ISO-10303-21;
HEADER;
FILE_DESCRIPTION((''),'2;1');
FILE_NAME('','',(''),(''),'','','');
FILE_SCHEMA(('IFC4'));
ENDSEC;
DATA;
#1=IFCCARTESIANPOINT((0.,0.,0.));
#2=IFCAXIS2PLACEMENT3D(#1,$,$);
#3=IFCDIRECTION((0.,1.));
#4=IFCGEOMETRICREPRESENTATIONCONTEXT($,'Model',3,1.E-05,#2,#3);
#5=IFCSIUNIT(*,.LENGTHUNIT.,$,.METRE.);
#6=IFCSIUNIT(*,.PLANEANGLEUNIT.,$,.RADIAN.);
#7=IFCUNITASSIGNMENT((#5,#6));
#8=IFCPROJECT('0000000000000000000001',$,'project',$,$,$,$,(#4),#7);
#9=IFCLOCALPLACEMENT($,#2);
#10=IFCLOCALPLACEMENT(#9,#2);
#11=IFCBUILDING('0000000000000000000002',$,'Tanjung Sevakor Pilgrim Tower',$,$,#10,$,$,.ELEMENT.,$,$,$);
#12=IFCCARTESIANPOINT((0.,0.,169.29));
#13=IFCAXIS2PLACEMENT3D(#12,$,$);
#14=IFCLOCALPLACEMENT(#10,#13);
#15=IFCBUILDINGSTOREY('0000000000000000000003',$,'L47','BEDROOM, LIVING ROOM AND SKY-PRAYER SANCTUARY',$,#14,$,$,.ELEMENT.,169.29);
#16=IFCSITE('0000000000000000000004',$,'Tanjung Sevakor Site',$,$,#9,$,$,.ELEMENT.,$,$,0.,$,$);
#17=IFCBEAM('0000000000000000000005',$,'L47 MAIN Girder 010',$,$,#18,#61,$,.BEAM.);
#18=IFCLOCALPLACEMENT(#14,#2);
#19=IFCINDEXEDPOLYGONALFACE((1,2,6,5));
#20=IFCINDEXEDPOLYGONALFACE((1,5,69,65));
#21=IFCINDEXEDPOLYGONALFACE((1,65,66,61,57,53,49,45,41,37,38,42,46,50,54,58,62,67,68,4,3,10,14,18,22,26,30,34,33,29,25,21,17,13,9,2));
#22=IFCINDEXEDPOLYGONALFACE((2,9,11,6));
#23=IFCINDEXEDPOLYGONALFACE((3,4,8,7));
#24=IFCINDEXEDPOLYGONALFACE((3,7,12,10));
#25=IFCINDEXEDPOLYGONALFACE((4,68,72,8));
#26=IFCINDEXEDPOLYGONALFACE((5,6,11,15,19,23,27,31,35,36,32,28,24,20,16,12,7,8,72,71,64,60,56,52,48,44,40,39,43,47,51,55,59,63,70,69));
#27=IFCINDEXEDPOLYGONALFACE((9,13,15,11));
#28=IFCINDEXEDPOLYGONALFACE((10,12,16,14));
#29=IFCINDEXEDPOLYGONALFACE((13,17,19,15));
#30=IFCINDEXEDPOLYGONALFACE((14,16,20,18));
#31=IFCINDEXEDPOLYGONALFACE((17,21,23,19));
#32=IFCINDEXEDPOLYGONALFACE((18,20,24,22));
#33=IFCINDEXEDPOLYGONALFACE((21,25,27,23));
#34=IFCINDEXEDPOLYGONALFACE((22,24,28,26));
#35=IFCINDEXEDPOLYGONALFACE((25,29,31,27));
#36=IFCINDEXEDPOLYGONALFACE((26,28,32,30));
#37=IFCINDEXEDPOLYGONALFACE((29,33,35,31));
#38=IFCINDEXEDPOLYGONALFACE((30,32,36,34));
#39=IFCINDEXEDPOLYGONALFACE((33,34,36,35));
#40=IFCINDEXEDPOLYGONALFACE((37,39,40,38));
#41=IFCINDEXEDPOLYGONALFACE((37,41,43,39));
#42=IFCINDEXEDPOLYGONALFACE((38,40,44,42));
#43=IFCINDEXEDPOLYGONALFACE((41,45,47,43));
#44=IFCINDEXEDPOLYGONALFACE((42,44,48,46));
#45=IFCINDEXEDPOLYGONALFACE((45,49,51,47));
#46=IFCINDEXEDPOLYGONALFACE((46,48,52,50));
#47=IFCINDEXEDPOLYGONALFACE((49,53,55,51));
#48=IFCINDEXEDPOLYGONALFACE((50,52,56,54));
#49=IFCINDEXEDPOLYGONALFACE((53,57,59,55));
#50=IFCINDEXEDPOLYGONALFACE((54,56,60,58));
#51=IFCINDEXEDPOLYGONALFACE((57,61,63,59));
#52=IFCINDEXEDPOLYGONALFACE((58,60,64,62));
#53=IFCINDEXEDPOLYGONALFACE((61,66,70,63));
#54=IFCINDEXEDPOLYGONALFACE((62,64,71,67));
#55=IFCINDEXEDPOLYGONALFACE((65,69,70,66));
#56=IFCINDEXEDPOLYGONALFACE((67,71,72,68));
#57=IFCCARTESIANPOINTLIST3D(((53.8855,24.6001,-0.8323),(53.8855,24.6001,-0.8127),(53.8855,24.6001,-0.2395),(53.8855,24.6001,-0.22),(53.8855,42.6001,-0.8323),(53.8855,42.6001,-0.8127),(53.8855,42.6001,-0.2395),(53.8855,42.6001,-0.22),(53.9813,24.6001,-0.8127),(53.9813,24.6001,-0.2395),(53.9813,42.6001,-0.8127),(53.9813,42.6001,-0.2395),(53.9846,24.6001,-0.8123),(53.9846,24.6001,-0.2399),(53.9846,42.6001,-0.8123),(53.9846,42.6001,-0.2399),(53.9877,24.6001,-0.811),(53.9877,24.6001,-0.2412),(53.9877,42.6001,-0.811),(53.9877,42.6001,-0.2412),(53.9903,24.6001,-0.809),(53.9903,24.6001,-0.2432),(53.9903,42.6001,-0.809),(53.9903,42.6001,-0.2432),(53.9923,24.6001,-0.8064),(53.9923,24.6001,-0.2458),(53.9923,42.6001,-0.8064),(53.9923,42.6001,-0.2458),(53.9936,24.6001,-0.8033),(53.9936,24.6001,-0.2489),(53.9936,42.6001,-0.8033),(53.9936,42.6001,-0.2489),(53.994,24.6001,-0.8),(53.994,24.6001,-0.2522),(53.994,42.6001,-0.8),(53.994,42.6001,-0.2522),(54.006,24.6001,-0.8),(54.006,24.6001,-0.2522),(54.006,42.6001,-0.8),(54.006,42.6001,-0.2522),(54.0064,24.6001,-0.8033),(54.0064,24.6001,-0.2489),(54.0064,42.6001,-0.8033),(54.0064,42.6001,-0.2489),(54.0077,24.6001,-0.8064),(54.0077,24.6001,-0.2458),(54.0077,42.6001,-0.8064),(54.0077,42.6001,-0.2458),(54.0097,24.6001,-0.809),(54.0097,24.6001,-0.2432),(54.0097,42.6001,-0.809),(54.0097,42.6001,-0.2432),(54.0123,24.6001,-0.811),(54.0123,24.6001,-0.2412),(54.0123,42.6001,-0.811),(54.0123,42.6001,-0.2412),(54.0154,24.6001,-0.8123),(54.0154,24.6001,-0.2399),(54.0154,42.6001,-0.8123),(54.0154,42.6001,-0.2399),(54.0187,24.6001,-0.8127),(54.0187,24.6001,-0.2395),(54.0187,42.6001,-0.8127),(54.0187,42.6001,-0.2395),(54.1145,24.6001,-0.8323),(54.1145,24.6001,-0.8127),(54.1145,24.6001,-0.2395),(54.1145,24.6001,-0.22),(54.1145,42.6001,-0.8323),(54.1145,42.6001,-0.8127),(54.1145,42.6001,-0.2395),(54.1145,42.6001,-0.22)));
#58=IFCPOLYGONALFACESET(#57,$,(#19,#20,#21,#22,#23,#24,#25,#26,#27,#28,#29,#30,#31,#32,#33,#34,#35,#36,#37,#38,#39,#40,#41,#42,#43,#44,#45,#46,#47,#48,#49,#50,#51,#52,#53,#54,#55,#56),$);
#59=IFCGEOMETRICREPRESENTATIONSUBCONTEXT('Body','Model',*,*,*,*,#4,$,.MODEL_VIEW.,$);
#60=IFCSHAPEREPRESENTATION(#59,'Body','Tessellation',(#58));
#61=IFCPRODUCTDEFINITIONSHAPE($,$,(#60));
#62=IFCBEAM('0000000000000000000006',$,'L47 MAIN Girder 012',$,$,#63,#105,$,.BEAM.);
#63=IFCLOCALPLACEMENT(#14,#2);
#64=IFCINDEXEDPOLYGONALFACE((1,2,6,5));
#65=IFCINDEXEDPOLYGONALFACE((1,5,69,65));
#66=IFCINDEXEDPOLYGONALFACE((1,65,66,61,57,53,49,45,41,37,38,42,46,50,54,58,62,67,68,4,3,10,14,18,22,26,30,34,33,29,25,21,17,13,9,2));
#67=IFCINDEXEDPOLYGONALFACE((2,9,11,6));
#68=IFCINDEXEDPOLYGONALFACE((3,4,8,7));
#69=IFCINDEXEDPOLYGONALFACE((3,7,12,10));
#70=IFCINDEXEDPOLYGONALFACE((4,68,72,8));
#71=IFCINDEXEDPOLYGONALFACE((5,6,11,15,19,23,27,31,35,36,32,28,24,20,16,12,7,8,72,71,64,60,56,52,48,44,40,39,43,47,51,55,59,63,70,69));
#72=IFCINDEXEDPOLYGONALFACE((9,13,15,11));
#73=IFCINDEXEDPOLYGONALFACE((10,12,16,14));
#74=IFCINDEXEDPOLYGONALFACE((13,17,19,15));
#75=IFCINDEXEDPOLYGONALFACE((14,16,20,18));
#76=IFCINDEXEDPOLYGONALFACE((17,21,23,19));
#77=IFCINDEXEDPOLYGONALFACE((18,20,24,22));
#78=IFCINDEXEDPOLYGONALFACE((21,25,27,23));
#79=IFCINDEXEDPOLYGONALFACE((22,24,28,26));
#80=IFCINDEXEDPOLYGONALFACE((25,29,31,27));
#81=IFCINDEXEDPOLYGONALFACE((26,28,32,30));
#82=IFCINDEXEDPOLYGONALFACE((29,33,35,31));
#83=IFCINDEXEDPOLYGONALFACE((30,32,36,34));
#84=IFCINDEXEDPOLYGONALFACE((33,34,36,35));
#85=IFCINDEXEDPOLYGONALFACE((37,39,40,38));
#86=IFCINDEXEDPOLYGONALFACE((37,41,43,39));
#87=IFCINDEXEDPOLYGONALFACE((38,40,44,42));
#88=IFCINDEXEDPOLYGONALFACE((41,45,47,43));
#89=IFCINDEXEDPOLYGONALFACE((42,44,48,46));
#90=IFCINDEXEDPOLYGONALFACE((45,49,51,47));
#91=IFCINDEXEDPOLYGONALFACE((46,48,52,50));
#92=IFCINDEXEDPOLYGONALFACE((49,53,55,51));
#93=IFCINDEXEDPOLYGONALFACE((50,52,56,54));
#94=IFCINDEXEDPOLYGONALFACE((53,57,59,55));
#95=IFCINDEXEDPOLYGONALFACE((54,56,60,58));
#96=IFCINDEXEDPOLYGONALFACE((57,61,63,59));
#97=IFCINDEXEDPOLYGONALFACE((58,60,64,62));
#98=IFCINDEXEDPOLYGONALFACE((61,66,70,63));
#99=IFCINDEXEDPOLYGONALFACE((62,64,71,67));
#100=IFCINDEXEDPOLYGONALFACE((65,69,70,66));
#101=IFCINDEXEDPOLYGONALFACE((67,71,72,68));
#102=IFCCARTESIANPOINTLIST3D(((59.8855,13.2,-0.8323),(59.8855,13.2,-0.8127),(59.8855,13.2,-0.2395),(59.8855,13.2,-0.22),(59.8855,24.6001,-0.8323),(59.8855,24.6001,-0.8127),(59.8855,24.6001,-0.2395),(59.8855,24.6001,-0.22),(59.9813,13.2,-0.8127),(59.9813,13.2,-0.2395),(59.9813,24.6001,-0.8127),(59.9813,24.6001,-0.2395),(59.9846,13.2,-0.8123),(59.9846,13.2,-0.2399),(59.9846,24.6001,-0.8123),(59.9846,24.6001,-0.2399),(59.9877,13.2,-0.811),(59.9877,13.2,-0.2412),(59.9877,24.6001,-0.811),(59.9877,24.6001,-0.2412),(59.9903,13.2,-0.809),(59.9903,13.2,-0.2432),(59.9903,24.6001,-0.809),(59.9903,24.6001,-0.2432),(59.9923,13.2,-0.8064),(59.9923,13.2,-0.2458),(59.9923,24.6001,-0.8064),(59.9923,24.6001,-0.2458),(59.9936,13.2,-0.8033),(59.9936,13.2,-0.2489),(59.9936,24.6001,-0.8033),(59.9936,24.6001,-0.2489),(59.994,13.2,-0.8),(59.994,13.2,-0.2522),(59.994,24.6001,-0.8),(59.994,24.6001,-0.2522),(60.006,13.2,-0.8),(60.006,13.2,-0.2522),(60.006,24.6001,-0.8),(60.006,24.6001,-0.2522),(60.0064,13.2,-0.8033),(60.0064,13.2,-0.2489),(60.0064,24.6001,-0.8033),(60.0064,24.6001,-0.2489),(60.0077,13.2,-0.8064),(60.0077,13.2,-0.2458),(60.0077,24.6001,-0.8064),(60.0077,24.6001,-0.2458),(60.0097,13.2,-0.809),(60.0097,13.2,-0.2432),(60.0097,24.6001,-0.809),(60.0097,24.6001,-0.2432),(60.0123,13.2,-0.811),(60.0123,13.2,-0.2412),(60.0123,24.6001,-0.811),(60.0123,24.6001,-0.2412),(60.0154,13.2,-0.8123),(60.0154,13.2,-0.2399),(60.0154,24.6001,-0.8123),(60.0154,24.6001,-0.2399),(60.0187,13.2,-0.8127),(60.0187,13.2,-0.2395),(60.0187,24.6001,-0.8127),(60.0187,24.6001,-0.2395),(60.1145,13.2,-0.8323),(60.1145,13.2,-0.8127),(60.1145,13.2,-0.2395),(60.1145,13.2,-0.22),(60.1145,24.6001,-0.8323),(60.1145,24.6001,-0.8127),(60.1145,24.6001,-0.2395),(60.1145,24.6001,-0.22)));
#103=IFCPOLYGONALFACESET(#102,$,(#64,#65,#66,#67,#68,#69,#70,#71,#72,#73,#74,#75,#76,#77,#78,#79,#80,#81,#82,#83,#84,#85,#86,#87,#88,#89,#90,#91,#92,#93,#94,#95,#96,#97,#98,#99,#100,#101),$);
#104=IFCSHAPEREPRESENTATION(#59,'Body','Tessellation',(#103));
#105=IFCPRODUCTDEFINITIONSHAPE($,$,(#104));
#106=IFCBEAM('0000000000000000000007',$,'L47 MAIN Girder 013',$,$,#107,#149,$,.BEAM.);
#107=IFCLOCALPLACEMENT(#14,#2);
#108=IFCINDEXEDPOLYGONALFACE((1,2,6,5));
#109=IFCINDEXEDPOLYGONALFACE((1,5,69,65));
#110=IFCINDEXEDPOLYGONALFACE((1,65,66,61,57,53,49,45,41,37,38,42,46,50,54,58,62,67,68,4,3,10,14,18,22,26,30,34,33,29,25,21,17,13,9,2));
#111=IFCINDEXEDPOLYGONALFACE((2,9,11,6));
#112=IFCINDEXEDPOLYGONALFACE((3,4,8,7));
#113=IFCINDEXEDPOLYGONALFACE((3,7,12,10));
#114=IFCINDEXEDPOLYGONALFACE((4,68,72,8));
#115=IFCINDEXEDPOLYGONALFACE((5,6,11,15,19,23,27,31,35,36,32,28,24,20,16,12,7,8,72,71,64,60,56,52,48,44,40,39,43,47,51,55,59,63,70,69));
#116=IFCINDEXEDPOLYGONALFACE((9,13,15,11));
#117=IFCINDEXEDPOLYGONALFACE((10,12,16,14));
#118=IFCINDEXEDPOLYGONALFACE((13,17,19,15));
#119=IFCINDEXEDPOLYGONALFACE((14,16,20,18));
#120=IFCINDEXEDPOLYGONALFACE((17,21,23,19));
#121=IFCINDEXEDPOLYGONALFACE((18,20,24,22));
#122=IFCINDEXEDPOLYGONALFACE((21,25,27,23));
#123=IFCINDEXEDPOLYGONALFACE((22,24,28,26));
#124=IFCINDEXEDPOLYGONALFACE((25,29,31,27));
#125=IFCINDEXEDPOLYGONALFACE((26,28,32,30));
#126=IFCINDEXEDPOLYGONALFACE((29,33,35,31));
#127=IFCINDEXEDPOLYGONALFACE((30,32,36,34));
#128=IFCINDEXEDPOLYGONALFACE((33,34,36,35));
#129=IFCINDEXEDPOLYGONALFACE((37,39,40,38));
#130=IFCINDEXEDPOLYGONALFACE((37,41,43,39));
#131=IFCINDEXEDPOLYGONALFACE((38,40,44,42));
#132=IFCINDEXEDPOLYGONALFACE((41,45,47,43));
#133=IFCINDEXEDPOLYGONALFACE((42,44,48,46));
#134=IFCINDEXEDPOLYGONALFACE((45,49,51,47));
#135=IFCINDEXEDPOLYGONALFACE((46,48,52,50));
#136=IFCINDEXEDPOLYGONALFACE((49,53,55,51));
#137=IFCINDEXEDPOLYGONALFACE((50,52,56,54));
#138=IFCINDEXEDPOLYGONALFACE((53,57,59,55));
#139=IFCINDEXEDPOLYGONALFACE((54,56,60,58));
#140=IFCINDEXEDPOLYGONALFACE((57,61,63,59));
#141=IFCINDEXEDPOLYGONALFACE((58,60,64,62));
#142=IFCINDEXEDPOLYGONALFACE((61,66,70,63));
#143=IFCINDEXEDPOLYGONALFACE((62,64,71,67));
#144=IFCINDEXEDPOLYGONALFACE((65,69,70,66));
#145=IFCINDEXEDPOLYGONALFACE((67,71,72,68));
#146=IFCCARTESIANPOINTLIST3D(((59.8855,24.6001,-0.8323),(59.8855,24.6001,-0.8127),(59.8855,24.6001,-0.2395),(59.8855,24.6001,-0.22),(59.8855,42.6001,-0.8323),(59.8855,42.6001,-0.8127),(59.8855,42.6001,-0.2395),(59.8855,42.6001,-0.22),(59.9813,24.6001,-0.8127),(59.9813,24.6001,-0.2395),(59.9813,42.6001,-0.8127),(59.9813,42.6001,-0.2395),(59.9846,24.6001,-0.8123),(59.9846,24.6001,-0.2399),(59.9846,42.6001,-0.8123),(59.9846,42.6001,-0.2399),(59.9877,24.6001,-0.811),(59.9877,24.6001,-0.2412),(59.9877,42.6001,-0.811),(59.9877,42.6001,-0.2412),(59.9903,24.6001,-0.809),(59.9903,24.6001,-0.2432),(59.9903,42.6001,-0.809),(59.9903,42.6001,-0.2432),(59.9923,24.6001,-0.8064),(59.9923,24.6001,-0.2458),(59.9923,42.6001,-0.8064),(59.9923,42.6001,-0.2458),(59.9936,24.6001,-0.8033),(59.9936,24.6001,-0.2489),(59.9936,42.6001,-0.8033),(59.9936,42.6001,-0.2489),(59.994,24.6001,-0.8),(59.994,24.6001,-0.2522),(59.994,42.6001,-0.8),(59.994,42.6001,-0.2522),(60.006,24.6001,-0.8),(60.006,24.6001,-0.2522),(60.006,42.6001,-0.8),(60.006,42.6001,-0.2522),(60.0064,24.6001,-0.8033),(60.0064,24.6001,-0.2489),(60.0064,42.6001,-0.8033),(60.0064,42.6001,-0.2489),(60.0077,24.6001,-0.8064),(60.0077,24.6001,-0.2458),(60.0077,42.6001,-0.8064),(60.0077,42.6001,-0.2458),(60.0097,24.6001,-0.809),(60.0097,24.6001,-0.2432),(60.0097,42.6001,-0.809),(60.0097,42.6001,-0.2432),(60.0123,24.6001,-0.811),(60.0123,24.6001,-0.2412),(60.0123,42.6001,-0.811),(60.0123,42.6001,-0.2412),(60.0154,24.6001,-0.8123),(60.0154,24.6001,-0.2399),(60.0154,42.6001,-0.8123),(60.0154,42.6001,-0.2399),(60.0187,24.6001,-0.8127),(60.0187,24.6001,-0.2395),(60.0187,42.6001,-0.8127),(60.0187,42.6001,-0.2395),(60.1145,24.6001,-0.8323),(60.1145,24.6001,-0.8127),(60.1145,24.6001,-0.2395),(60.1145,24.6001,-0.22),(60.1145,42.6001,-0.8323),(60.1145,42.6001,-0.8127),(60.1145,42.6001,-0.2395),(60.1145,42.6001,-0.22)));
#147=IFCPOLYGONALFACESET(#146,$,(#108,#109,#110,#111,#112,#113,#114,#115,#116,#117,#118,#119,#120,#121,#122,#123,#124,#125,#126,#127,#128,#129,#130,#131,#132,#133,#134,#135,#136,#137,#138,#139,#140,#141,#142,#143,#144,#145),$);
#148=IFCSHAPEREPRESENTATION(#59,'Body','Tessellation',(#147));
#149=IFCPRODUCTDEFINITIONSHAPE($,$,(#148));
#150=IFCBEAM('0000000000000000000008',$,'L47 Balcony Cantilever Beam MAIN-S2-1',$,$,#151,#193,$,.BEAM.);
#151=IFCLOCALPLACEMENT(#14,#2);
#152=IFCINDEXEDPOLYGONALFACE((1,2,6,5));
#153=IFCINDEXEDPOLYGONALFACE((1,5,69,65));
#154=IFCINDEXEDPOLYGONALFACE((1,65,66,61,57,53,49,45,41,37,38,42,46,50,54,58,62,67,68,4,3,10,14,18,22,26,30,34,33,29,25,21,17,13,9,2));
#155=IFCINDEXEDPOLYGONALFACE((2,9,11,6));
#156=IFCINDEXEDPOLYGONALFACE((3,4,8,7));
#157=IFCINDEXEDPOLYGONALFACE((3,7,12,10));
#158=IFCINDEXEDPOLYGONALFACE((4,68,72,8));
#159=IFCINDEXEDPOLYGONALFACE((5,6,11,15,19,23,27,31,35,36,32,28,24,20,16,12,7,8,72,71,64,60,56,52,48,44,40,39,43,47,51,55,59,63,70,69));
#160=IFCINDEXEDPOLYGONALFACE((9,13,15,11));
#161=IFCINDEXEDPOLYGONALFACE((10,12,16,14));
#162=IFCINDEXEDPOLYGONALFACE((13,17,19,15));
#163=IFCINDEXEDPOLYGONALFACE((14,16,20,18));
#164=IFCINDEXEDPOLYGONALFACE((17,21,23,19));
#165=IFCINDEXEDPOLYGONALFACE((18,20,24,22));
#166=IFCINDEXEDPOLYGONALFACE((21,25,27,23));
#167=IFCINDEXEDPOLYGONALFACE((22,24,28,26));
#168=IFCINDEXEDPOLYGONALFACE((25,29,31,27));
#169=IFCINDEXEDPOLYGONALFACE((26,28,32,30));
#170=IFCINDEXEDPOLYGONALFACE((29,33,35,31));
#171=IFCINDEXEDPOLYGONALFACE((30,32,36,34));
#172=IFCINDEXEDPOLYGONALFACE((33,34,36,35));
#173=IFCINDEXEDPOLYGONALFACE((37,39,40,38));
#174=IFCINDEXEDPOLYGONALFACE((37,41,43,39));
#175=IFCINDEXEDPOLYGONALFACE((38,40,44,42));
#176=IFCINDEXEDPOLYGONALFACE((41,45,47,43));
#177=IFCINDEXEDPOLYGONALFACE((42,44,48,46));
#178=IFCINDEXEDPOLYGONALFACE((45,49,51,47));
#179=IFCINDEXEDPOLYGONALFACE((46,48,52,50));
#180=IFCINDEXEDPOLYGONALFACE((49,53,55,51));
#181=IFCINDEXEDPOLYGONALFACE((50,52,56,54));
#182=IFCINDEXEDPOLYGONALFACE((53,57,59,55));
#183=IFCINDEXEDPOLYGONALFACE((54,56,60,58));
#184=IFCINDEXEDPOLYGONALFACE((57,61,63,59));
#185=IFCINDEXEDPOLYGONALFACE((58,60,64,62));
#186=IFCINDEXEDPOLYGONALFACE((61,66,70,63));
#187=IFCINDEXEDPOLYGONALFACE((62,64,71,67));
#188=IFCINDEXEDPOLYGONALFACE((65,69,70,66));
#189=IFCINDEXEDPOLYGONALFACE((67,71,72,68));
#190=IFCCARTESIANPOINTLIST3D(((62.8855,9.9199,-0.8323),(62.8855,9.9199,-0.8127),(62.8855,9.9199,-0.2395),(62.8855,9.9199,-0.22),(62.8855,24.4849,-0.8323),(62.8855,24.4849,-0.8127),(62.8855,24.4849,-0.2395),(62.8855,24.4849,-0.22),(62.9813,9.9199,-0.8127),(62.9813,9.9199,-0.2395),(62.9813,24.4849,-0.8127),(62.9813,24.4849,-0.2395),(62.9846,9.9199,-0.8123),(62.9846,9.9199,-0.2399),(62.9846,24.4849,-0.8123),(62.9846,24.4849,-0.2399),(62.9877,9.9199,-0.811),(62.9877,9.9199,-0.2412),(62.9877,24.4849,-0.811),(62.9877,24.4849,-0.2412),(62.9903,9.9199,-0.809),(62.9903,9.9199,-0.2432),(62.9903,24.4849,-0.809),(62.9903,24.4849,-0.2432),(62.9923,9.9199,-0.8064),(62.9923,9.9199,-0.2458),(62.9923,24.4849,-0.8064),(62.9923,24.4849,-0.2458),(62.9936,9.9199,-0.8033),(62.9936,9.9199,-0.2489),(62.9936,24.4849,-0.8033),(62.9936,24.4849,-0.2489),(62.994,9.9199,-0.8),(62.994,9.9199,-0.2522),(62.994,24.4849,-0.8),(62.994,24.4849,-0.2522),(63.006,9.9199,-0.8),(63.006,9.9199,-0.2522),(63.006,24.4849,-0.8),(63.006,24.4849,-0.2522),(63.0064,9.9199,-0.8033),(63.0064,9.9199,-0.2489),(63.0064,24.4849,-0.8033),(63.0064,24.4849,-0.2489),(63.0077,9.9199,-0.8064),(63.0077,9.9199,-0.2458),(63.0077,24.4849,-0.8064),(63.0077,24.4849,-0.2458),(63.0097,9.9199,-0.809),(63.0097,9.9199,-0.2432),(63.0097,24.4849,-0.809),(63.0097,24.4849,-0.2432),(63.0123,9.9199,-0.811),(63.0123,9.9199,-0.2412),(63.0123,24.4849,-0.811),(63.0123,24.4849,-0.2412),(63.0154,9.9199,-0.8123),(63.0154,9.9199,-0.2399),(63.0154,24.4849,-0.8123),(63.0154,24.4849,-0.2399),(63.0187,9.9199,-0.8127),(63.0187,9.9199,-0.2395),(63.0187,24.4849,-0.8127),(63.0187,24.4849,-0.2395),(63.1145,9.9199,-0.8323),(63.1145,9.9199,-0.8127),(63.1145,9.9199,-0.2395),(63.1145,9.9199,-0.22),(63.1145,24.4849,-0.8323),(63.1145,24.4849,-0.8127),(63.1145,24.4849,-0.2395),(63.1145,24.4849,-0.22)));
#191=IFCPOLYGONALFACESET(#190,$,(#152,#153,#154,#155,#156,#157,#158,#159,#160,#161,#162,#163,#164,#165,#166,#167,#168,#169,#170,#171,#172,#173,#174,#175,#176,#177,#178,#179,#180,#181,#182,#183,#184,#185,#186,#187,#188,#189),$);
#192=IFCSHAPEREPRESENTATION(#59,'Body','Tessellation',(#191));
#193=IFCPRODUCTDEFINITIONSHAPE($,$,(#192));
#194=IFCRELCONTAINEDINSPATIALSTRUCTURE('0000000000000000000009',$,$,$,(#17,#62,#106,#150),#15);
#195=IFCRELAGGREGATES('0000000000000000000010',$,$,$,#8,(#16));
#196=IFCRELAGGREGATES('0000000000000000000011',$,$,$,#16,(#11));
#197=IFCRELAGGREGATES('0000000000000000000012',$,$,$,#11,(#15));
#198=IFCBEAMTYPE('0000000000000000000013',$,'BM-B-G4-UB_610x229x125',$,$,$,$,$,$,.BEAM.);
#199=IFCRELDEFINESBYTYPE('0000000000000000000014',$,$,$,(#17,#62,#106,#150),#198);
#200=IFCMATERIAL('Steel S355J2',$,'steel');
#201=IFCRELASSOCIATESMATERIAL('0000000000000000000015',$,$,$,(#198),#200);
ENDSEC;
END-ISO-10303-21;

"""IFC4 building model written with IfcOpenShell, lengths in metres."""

from ifc_helpers import new_model, si_unit, direction, frame, origin, origin_2d, place, context, subcontext, project, spatial, i_section, extrude, material, material_profile, profile_set, type_object, element, save


model = new_model("IFC4")

# Units and contexts
model_context = context("Model", 3, precision=1e-05, world=origin(), true_north=direction((0.0, 1.0)))
body_context = subcontext(model_context, "Body", "Model", "MODEL_VIEW")
ifc_project = project(units=[si_unit("LENGTHUNIT", "METRE"), si_unit("PLANEANGLEUNIT", "RADIAN")], contexts=[model_context])

# Site, building, storey
site_placement = place(None, origin())
site = spatial("IfcSite", under=ifc_project, at=site_placement, Name="Tanjung Sevakor Site", CompositionType="ELEMENT", RefElevation=0.0)
building_placement = place(site_placement, origin())
building = spatial("IfcBuilding", under=site, at=building_placement, Name="Tanjung Sevakor Pilgrim Tower", CompositionType="ELEMENT")
storey_placement = place(building_placement, frame((0.0, 0.0, 169.29)))
storey = spatial("IfcBuildingStorey", under=building, at=storey_placement, Name="L47", Description="BEDROOM, LIVING ROOM AND SKY-PRAYER SANCTUARY", CompositionType="ELEMENT", Elevation=169.29)

# Beams
ifc_material_1 = material(Name="Steel S355J2", Category="steel")
ifc_material_profile_1 = material_profile(ifc_material_1, i_section(OverallWidth=0.229, OverallDepth=0.6123, WebThickness=0.012, FlangeThickness=0.0195, FilletRadius=0.0127, at=origin_2d()))
ifc_profile_set_1 = profile_set([ifc_material_profile_1], Name="Steel S355J2")
beam_type_1 = type_object("IfcBeamType", Name="BM-B-G4-UB_610x229x125", PredefinedType="BEAM", material=ifc_profile_set_1)
beam_1_placement = place(storey_placement, frame((54.0, 24.6001, -0.5261), z_axis=(0.0, 1.0, 0.0), x_axis=(-1.0, 0.0, 0.0)))
element("IfcBeam", 1, at=beam_1_placement, inside=storey, type_object=beam_type_1, Name="L47 MAIN Girder 010", PredefinedType="BEAM", context=body_context, shape_type="SweptSolid", body=[
    extrude(i_section(OverallWidth=0.229, OverallDepth=0.6123, WebThickness=0.012, FlangeThickness=0.0195, FilletRadius=0.0127, at=origin_2d()), origin(), (0.0, 0.0, 1.0), 18.0),
])
beam_2_placement = place(storey_placement, frame((60.0, 13.2, -0.5261), z_axis=(0.0, 1.0, 0.0), x_axis=(-1.0, 0.0, 0.0)))
element("IfcBeam", 2, at=beam_2_placement, inside=storey, type_object=beam_type_1, Name="L47 MAIN Girder 012", PredefinedType="BEAM", context=body_context, shape_type="SweptSolid", body=[
    extrude(i_section(OverallWidth=0.229, OverallDepth=0.6123, WebThickness=0.012, FlangeThickness=0.0195, FilletRadius=0.0127, at=origin_2d()), origin(), (0.0, 0.0, 1.0), 11.4001),
])
beam_3_placement = place(storey_placement, frame((60.0, 24.6001, -0.5261), z_axis=(0.0, 1.0, 0.0), x_axis=(-1.0, 0.0, 0.0)))
element("IfcBeam", 3, at=beam_3_placement, inside=storey, type_object=beam_type_1, Name="L47 MAIN Girder 013", PredefinedType="BEAM", context=body_context, shape_type="SweptSolid", body=[
    extrude(i_section(OverallWidth=0.229, OverallDepth=0.6123, WebThickness=0.012, FlangeThickness=0.0195, FilletRadius=0.0127, at=origin_2d()), origin(), (0.0, 0.0, 1.0), 18.0),
])
beam_4_placement = place(storey_placement, frame((63.0, 24.4849, -0.5261), z_axis=(0.0, -1.0, 0.0), x_axis=(1.0, 0.0, 0.0)))
element("IfcBeam", 4, at=beam_4_placement, inside=storey, type_object=beam_type_1, Name="L47 Balcony Cantilever Beam MAIN-S2-1", PredefinedType="BEAM", context=body_context, shape_type="SweptSolid", body=[
    extrude(i_section(OverallWidth=0.229, OverallDepth=0.6123, WebThickness=0.012, FlangeThickness=0.0195, FilletRadius=0.0127, at=origin_2d()), origin(), (0.0, 0.0, 1.0), 14.5649),
])

save(model, "model.ifc")
